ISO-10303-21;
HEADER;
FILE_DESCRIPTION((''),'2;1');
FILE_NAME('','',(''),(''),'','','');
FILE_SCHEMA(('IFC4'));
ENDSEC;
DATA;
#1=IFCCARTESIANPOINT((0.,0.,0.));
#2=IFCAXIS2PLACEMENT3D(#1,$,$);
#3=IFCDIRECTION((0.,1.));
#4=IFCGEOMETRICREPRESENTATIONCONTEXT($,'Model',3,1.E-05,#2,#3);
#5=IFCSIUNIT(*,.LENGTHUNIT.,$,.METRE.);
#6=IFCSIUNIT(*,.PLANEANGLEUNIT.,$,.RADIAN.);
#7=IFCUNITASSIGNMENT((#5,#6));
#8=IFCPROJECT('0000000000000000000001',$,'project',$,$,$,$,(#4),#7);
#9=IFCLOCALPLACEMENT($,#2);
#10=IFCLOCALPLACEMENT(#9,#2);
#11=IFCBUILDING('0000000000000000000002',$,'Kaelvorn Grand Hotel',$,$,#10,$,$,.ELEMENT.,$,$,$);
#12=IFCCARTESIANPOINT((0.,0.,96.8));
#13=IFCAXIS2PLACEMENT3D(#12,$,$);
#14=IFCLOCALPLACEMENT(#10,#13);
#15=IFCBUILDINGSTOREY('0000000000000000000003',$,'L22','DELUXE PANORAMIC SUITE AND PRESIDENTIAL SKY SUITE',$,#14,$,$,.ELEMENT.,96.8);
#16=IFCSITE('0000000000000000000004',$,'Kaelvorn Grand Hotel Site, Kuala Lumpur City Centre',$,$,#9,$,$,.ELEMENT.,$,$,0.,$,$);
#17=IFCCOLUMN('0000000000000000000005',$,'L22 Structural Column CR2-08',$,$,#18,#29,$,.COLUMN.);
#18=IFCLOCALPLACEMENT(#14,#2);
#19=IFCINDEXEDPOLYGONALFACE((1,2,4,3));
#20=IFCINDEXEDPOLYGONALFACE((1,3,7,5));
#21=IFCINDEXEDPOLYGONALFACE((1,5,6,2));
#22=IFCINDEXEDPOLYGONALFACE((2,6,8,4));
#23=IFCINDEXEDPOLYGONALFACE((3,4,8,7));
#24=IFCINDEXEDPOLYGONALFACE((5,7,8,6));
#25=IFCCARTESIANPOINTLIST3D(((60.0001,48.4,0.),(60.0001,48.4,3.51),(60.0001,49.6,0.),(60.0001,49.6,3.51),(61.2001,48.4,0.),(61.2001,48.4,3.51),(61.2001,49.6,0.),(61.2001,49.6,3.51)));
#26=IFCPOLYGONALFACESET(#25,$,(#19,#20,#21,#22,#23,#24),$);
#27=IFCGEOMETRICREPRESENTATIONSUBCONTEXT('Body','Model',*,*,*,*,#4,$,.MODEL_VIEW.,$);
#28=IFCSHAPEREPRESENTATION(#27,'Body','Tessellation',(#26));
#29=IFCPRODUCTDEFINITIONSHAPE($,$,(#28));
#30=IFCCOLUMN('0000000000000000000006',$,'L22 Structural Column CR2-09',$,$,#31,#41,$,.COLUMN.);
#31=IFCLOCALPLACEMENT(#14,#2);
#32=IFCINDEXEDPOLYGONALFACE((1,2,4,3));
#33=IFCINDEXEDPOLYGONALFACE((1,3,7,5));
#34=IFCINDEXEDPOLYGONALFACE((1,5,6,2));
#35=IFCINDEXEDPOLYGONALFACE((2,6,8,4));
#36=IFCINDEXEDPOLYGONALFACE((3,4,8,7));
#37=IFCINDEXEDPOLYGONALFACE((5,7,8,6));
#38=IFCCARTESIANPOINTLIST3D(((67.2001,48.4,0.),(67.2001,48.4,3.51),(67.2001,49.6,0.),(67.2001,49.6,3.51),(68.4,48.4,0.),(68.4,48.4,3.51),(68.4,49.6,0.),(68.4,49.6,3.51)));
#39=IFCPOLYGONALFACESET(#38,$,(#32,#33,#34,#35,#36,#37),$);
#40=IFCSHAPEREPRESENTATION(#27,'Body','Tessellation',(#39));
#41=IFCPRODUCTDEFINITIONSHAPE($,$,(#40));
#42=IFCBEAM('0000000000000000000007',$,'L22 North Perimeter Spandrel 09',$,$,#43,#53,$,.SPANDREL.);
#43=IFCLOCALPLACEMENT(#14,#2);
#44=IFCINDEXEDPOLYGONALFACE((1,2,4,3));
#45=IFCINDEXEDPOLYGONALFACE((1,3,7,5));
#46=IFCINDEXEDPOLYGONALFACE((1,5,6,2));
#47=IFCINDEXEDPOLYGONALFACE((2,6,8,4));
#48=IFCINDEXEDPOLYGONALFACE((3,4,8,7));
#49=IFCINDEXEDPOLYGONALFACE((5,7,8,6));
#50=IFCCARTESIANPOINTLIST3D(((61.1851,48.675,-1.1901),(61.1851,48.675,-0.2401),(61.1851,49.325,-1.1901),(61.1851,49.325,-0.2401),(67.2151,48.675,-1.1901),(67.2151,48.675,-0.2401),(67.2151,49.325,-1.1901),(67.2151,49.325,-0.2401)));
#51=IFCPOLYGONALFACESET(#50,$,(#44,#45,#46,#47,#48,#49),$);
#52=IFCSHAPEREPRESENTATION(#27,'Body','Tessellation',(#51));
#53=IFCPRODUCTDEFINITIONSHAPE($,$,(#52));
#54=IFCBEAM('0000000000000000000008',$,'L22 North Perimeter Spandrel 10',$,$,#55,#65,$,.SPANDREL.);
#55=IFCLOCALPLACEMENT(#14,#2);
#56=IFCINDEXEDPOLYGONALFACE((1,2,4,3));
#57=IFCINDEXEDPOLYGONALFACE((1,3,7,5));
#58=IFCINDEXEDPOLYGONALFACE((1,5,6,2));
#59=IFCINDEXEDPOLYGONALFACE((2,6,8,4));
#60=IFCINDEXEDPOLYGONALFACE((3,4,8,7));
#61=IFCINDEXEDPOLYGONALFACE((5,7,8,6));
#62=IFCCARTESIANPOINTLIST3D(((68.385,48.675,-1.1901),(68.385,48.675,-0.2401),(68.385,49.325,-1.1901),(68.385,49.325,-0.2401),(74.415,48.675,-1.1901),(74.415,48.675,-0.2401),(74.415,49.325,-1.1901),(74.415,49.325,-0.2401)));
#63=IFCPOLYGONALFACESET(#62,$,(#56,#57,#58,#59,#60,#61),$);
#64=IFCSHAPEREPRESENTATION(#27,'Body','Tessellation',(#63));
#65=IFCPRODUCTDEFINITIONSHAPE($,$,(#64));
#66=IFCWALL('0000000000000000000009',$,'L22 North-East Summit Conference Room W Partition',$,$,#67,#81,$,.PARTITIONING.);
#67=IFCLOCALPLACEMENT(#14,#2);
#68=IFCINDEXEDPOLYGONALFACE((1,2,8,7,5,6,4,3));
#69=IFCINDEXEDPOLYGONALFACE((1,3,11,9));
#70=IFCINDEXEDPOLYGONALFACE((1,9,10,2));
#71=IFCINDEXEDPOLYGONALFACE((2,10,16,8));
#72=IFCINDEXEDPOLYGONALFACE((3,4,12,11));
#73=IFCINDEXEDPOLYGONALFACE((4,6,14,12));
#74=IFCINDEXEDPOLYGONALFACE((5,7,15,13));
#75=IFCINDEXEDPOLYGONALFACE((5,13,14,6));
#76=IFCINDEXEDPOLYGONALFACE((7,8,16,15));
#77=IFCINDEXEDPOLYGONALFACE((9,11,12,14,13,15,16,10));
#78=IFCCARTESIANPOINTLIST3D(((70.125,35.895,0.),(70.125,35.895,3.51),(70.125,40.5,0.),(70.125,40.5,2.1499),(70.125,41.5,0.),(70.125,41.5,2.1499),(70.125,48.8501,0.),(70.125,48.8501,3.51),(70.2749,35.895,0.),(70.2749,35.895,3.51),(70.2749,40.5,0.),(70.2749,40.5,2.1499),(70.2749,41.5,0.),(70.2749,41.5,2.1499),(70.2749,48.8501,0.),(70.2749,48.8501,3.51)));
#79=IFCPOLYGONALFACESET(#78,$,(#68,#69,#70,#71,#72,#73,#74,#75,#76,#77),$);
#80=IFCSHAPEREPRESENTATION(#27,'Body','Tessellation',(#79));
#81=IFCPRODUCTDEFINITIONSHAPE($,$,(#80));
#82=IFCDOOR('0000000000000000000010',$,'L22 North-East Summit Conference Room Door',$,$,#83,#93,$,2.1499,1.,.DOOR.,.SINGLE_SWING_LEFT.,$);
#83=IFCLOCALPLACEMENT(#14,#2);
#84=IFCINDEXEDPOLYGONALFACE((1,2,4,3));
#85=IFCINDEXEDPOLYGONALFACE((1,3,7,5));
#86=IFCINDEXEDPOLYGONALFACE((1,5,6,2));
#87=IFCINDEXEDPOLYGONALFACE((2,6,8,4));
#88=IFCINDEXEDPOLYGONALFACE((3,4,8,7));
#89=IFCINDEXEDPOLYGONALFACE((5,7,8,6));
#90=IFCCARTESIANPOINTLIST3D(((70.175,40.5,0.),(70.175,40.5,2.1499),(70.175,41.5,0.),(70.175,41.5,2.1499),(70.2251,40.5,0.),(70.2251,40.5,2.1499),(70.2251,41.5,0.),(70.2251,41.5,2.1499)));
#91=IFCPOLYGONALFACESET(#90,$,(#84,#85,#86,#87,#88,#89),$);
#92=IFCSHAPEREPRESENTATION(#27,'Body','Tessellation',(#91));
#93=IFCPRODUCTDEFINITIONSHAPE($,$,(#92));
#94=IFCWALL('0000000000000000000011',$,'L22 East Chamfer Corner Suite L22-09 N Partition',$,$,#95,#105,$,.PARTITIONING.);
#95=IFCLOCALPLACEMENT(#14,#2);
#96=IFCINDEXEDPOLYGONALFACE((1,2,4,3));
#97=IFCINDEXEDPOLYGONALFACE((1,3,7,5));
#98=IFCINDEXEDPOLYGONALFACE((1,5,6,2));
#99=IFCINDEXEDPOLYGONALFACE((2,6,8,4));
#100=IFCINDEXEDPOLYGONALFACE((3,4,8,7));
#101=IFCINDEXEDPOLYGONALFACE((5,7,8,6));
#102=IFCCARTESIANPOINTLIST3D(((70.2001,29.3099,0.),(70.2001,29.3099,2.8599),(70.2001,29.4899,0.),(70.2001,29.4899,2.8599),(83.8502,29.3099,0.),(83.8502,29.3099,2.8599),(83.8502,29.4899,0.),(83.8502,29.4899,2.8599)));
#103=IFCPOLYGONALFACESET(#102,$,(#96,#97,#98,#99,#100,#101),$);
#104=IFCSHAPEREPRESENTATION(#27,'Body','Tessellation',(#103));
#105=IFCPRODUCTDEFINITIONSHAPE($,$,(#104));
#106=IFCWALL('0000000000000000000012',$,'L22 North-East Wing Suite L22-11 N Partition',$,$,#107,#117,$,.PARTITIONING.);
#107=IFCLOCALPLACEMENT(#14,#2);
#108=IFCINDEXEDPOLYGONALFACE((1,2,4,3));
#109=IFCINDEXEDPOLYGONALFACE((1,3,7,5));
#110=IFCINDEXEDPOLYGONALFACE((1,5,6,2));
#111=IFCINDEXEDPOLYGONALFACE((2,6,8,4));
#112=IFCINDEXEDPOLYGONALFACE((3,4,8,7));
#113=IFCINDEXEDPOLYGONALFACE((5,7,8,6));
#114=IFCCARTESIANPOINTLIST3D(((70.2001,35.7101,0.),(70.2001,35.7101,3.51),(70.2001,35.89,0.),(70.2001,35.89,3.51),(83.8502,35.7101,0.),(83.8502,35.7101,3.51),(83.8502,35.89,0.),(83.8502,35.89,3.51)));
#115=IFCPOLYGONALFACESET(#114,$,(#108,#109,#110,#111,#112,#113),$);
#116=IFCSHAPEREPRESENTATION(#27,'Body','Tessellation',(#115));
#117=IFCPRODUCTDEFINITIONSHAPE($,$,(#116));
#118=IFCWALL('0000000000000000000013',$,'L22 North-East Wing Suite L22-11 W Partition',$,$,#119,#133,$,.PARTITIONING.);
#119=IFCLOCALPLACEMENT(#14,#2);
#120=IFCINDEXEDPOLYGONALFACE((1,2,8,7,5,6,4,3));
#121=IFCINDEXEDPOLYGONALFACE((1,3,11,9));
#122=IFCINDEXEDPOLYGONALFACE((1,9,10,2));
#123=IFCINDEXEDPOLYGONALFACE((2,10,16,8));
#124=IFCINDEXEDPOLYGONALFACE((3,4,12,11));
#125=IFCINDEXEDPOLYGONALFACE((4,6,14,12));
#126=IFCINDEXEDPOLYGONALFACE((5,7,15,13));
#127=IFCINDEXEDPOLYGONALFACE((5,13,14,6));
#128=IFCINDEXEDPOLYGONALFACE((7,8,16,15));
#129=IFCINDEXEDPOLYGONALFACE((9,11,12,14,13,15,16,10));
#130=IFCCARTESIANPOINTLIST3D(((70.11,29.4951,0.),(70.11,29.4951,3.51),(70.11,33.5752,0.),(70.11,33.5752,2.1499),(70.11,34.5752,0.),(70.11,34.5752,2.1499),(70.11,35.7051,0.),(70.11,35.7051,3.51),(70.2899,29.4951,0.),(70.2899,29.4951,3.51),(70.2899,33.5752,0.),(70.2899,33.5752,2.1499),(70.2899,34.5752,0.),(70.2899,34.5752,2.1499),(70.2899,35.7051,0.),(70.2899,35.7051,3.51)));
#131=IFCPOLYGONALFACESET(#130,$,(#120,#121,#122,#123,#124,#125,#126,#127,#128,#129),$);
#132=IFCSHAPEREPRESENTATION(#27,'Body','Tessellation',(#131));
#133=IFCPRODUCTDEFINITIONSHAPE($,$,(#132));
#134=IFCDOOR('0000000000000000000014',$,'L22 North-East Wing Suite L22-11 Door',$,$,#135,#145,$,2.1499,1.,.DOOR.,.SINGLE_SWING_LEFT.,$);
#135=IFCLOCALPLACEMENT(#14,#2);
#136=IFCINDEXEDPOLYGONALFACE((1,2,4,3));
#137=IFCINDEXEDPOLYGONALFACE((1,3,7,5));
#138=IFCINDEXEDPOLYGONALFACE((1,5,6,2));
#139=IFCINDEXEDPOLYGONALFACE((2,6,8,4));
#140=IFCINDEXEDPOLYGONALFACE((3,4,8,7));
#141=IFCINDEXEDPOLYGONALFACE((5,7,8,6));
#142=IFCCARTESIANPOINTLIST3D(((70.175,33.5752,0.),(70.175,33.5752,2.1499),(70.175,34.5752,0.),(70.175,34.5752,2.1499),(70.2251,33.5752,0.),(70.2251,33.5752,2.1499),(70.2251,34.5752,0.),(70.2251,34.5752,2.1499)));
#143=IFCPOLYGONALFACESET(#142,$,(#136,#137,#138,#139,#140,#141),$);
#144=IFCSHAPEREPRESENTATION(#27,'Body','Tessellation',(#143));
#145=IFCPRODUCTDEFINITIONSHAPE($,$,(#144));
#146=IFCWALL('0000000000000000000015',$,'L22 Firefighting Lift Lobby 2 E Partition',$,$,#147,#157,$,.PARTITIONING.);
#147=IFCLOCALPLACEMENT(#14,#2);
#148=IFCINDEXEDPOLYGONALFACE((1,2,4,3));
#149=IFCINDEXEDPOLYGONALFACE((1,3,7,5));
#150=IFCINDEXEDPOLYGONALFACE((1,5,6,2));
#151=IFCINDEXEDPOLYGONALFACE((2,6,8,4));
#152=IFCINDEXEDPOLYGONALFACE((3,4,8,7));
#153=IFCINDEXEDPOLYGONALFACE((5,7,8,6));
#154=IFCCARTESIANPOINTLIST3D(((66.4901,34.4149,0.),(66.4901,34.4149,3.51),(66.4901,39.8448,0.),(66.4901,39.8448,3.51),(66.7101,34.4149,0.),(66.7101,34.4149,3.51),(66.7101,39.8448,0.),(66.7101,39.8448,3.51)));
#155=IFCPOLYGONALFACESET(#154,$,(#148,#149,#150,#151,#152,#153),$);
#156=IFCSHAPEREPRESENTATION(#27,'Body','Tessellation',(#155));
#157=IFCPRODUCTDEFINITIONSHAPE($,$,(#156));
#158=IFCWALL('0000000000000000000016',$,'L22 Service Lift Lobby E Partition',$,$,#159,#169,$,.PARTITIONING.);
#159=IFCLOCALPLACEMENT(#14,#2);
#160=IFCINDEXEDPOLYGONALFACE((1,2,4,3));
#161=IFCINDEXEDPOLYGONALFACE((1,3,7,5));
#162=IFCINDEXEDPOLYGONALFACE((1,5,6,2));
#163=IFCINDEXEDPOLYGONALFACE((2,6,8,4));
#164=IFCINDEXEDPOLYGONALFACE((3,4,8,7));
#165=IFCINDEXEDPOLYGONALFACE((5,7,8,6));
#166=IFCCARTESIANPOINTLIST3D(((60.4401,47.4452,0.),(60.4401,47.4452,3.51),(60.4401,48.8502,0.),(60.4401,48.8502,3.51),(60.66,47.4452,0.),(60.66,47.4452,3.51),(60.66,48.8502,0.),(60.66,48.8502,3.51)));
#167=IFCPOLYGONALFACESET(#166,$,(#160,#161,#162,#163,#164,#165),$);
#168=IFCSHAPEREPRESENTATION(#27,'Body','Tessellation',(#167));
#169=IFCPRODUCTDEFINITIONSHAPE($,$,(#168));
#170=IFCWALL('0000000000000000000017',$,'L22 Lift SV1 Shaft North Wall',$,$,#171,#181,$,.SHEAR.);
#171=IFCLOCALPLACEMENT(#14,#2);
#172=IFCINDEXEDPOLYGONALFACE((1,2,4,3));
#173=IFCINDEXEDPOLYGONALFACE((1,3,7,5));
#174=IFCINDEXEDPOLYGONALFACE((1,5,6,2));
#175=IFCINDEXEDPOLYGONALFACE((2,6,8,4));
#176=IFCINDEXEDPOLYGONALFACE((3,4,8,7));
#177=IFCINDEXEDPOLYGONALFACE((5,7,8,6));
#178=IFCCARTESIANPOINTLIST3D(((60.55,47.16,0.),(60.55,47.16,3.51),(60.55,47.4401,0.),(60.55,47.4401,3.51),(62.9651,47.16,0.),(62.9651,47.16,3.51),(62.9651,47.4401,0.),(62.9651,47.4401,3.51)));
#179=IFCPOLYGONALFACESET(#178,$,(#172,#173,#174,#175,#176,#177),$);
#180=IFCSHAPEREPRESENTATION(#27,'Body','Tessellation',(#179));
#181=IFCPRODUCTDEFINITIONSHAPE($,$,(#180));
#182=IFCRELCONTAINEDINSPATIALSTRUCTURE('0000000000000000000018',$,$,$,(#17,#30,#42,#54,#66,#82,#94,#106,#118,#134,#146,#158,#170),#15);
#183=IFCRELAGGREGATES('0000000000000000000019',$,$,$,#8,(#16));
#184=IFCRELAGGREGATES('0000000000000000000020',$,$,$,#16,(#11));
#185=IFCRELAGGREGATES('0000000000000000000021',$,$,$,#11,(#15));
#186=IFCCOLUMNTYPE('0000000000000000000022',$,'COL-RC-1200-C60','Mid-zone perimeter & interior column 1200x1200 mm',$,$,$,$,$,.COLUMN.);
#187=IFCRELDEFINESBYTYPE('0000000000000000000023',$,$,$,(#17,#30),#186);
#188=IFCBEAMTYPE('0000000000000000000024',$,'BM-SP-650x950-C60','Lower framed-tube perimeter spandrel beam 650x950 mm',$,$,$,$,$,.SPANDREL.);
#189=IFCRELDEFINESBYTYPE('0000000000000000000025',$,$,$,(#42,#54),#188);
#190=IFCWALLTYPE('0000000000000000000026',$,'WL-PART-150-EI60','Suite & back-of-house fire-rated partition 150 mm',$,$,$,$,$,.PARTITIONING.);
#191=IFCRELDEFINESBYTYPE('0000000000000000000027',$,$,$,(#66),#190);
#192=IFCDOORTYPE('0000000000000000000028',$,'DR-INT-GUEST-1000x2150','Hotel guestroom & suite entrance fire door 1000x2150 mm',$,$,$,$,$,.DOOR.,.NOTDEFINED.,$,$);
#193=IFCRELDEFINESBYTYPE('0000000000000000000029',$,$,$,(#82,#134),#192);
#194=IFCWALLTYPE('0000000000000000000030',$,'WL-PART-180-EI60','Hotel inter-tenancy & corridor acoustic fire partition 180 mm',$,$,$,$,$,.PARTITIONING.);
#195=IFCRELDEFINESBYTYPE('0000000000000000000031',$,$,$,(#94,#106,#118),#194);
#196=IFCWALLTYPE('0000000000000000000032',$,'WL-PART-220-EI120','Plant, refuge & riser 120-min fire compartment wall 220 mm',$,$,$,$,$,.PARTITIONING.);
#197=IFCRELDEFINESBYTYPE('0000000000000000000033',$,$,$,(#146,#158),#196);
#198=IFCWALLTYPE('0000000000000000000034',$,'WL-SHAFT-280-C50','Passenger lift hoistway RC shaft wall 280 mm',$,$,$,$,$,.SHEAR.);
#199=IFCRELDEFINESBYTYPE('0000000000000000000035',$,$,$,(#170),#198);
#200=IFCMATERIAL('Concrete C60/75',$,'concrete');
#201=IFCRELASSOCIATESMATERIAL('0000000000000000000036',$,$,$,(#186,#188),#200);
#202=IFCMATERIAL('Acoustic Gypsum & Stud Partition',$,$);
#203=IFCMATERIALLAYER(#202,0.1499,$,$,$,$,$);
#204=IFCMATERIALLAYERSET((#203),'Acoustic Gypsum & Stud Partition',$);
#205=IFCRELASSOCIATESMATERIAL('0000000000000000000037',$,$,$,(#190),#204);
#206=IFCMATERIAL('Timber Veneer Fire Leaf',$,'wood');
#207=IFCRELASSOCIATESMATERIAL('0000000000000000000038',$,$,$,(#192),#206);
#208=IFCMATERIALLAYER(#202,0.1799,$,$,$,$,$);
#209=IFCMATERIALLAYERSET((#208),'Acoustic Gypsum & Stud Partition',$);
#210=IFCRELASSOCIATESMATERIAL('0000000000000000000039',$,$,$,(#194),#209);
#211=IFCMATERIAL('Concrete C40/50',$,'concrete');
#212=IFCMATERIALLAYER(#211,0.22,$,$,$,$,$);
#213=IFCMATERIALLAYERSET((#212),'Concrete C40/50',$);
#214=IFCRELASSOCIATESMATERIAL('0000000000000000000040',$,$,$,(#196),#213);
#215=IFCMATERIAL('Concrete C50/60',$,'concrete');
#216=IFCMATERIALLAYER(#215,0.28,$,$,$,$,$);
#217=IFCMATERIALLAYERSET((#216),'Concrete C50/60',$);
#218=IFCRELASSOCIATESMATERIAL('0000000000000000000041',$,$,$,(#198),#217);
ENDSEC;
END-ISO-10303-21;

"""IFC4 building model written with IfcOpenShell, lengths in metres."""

from ifc_helpers import new_model, si_unit, direction, frame, frame_2d, origin, origin_2d, place, context, subcontext, project, spatial, rectangle, extrude, material, layer, layer_set, material_profile, profile_set, type_object, element, fill, save


model = new_model("IFC4")

# Units and contexts
model_context = context("Model", 3, precision=1e-05, world=origin(), true_north=direction((0.0, 1.0)))
body_context = subcontext(model_context, "Body", "Model", "MODEL_VIEW")
ifc_project = project(units=[si_unit("LENGTHUNIT", "METRE"), si_unit("PLANEANGLEUNIT", "RADIAN")], contexts=[model_context])

# Site, building, storey
site_placement = place(None, origin())
site = spatial("IfcSite", under=ifc_project, at=site_placement, Name="Kaelvorn Grand Hotel Site, Kuala Lumpur City Centre", CompositionType="ELEMENT", RefElevation=0.0)
building_placement = place(site_placement, origin())
building = spatial("IfcBuilding", under=site, at=building_placement, Name="Kaelvorn Grand Hotel", CompositionType="ELEMENT")
storey_placement = place(building_placement, frame((0.0, 0.0, 96.8)))
storey = spatial("IfcBuildingStorey", under=building, at=storey_placement, Name="L22", Description="DELUXE PANORAMIC SUITE AND PRESIDENTIAL SKY SUITE", CompositionType="ELEMENT", Elevation=96.8)

# Columns
ifc_material_1 = material(Name="Concrete C60/75", Category="concrete")
ifc_material_profile_1 = material_profile(ifc_material_1, rectangle(XDim=1.2, YDim=1.2, at=origin_2d()), Name="RC COL 1200x1200")
ifc_profile_set_1 = profile_set([ifc_material_profile_1], Name="Concrete C60/75")
column_type = type_object("IfcColumnType", Name="COL-RC-1200-C60", Description="Mid-zone perimeter & interior column 1200x1200 mm", PredefinedType="COLUMN", material=ifc_profile_set_1)
for number, where, z_axis, x_axis, name in (
    (1, (60.6001, 49.0, 0.0), (0.0, 0.0, 1.0), (1.0, 0.0, 0.0), "L22 Structural Column CR2-08"),
    (2, (67.8, 49.0, 0.0), (0.0, 0.0, 1.0), (1.0, 0.0, 0.0), "L22 Structural Column CR2-09"),
):
    element("IfcColumn", number, at=place(storey_placement, frame(where, z_axis=z_axis, x_axis=x_axis)), inside=storey, type_object=column_type, Name=name, PredefinedType="COLUMN", context=body_context, shape_type="SweptSolid", body=[
        extrude(rectangle(XDim=1.2, YDim=1.2, at=origin_2d()), origin(), (0.0, 0.0, 1.0), 3.51),
    ])

# Beams
ifc_material_profile_2 = material_profile(ifc_material_1, rectangle(XDim=0.6499, YDim=0.95, at=origin_2d()), Name="RC SPANDREL 650x950")
ifc_profile_set_2 = profile_set([ifc_material_profile_2], Name="Concrete C60/75")
beam_type = type_object("IfcBeamType", Name="BM-SP-650x950-C60", Description="Lower framed-tube perimeter spandrel beam 650x950 mm", PredefinedType="SPANDREL", material=ifc_profile_set_2)
for number, where, z_axis, x_axis, name in (
    (3, (61.1851, 49.0, -0.7151), (1.0, 0.0, 0.0), (0.0, 1.0, 0.0), "L22 North Perimeter Spandrel 09"),
    (4, (68.385, 49.0, -0.7151), (1.0, 0.0, 0.0), (0.0, 1.0, 0.0), "L22 North Perimeter Spandrel 10"),
):
    element("IfcBeam", number, at=place(storey_placement, frame(where, z_axis=z_axis, x_axis=x_axis)), inside=storey, type_object=beam_type, Name=name, PredefinedType="SPANDREL", context=body_context, shape_type="SweptSolid", body=[
        extrude(rectangle(XDim=0.6499, YDim=0.95, at=origin_2d()), origin(), (0.0, 0.0, 1.0), 6.03),
    ])

# Wall, opening, door
ifc_material_2 = material(Name="Acoustic Gypsum & Stud Partition")
ifc_layer_1 = layer(ifc_material_2, 0.1499)
ifc_layer_set_1 = layer_set([ifc_layer_1], Name="Acoustic Gypsum & Stud Partition")
wall_type_1 = type_object("IfcWallType", Name="WL-PART-150-EI60", Description="Suite & back-of-house fire-rated partition 150 mm", PredefinedType="PARTITIONING", material=ifc_layer_set_1)
wall_1_placement = place(storey_placement, frame((70.2, 35.895, 0.0), z_axis=(0.0, 0.0, 1.0), x_axis=(0.0, 1.0, 0.0)))
wall_1 = element("IfcWall", 5, at=wall_1_placement, inside=storey, type_object=wall_type_1, Name="L22 North-East Summit Conference Room W Partition", PredefinedType="PARTITIONING", context=body_context, shape_type="SweptSolid", body=[
    extrude(rectangle(XDim=12.9551, YDim=0.1499, at=frame_2d((6.4775, 0.0))), origin(), (0.0, 0.0, 1.0), 3.51),
])
opening_1_placement = place(wall_1_placement, frame((4.605, 0.0, 0.0)))
opening_1 = element("IfcOpeningElement", 6, at=opening_1_placement, cuts=wall_1, PredefinedType="OPENING", context=body_context, shape_type="SweptSolid", body=[
    extrude(rectangle(XDim=1.0, YDim=2.1499, at=frame_2d((0.5, 1.075))), frame((0.0, 0.085, 0.0), z_axis=(0.0, -1.0, 0.0), x_axis=(1.0, 0.0, 0.0)), (0.0, 0.0, 1.0), 0.1699),
])
ifc_material_3 = material(Name="Timber Veneer Fire Leaf", Category="wood")
door_type_1 = type_object("IfcDoorType", Name="DR-INT-GUEST-1000x2150", Description="Hotel guestroom & suite entrance fire door 1000x2150 mm", OperationType="NOTDEFINED", PredefinedType="DOOR", material=ifc_material_3)
door_1_placement = place(opening_1_placement, origin())
door_1 = element("IfcDoor", 7, at=door_1_placement, inside=storey, type_object=door_type_1, Name="L22 North-East Summit Conference Room Door", OperationType="SINGLE_SWING_LEFT", OverallHeight=2.1499, OverallWidth=1.0, PredefinedType="DOOR", context=body_context, shape_type="SweptSolid", body=[
    extrude(rectangle(XDim=1.0, YDim=2.1499, at=frame_2d((0.5, 1.075))), frame((0.0, 0.0249, 0.0), z_axis=(0.0, -1.0, 0.0), x_axis=(1.0, 0.0, 0.0)), (0.0, 0.0, 1.0), 0.05),
])
fill(opening_1, door_1)

# Walls
ifc_layer_2 = layer(ifc_material_2, 0.1799)
ifc_layer_set_2 = layer_set([ifc_layer_2], Name="Acoustic Gypsum & Stud Partition")
wall_type_2 = type_object("IfcWallType", Name="WL-PART-180-EI60", Description="Hotel inter-tenancy & corridor acoustic fire partition 180 mm", PredefinedType="PARTITIONING", material=ifc_layer_set_2)
wall_2_placement = place(storey_placement, frame((70.2, 29.3999, 0.0), z_axis=(0.0, 0.0, 1.0), x_axis=(1.0, 0.0, 0.0)))
element("IfcWall", 8, at=wall_2_placement, inside=storey, type_object=wall_type_2, Name="L22 East Chamfer Corner Suite L22-09 N Partition", PredefinedType="PARTITIONING", context=body_context, shape_type="SweptSolid", body=[
    extrude(rectangle(XDim=13.6501, YDim=0.1799, at=frame_2d((6.8252, 0.0))), origin(), (0.0, 0.0, 1.0), 2.8599),
])
wall_3_placement = place(storey_placement, frame((70.2, 35.8, 0.0), z_axis=(0.0, 0.0, 1.0), x_axis=(1.0, 0.0, 0.0)))
element("IfcWall", 9, at=wall_3_placement, inside=storey, type_object=wall_type_2, Name="L22 North-East Wing Suite L22-11 N Partition", PredefinedType="PARTITIONING", context=body_context, shape_type="SweptSolid", body=[
    extrude(rectangle(XDim=13.6501, YDim=0.1799, at=frame_2d((6.8252, 0.0))), origin(), (0.0, 0.0, 1.0), 3.51),
])

# Wall, opening, door
wall_4_placement = place(storey_placement, frame((70.2, 29.4951, 0.0), z_axis=(0.0, 0.0, 1.0), x_axis=(0.0, 1.0, 0.0)))
wall_4 = element("IfcWall", 10, at=wall_4_placement, inside=storey, type_object=wall_type_2, Name="L22 North-East Wing Suite L22-11 W Partition", PredefinedType="PARTITIONING", context=body_context, shape_type="SweptSolid", body=[
    extrude(rectangle(XDim=6.21, YDim=0.1799, at=frame_2d((3.105, 0.0))), origin(), (0.0, 0.0, 1.0), 3.51),
])
opening_2_placement = place(wall_4_placement, frame((4.0801, 0.0, 0.0)))
opening_2 = element("IfcOpeningElement", 11, at=opening_2_placement, cuts=wall_4, PredefinedType="OPENING", context=body_context, shape_type="SweptSolid", body=[
    extrude(rectangle(XDim=1.0, YDim=2.1499, at=frame_2d((0.5, 1.075))), frame((0.0, 0.1001, 0.0), z_axis=(0.0, -1.0, 0.0), x_axis=(1.0, 0.0, 0.0)), (0.0, 0.0, 1.0), 0.2),
])
door_2_placement = place(opening_2_placement, origin())
door_2 = element("IfcDoor", 12, at=door_2_placement, inside=storey, type_object=door_type_1, Name="L22 North-East Wing Suite L22-11 Door", OperationType="SINGLE_SWING_LEFT", OverallHeight=2.1499, OverallWidth=1.0, PredefinedType="DOOR", context=body_context, shape_type="SweptSolid", body=[
    extrude(rectangle(XDim=1.0, YDim=2.1499, at=frame_2d((0.5, 1.075))), frame((0.0, 0.0249, 0.0), z_axis=(0.0, -1.0, 0.0), x_axis=(1.0, 0.0, 0.0)), (0.0, 0.0, 1.0), 0.05),
])
fill(opening_2, door_2)

# Walls
ifc_material_4 = material(Name="Concrete C40/50", Category="concrete")
ifc_layer_3 = layer(ifc_material_4, 0.22)
ifc_layer_set_3 = layer_set([ifc_layer_3], Name="Concrete C40/50")
wall_type_3 = type_object("IfcWallType", Name="WL-PART-220-EI120", Description="Plant, refuge & riser 120-min fire compartment wall 220 mm", PredefinedType="PARTITIONING", material=ifc_layer_set_3)
wall_5_placement = place(storey_placement, frame((66.6001, 34.415, 0.0), z_axis=(0.0, 0.0, 1.0), x_axis=(0.0, 1.0, 0.0)))
element("IfcWall", 13, at=wall_5_placement, inside=storey, type_object=wall_type_3, Name="L22 Firefighting Lift Lobby 2 E Partition", PredefinedType="PARTITIONING", context=body_context, shape_type="SweptSolid", body=[
    extrude(rectangle(XDim=5.4299, YDim=0.22, at=frame_2d((2.7148, 0.0))), origin(), (0.0, 0.0, 1.0), 3.51),
])
wall_6_placement = place(storey_placement, frame((60.55, 47.4451, 0.0), z_axis=(0.0, 0.0, 1.0), x_axis=(0.0, 1.0, 0.0)))
element("IfcWall", 14, at=wall_6_placement, inside=storey, type_object=wall_type_3, Name="L22 Service Lift Lobby E Partition", PredefinedType="PARTITIONING", context=body_context, shape_type="SweptSolid", body=[
    extrude(rectangle(XDim=1.405, YDim=0.22, at=frame_2d((0.7026, 0.0))), origin(), (0.0, 0.0, 1.0), 3.51),
])
ifc_material_5 = material(Name="Concrete C50/60", Category="concrete")
ifc_layer_4 = layer(ifc_material_5, 0.28)
ifc_layer_set_4 = layer_set([ifc_layer_4], Name="Concrete C50/60")
wall_type_4 = type_object("IfcWallType", Name="WL-SHAFT-280-C50", Description="Passenger lift hoistway RC shaft wall 280 mm", PredefinedType="SHEAR", material=ifc_layer_set_4)
wall_7_placement = place(storey_placement, frame((60.55, 47.3, 0.0), z_axis=(0.0, 0.0, 1.0), x_axis=(1.0, 0.0, 0.0)))
element("IfcWall", 15, at=wall_7_placement, inside=storey, type_object=wall_type_4, Name="L22 Lift SV1 Shaft North Wall", PredefinedType="SHEAR", context=body_context, shape_type="SweptSolid", body=[
    extrude(rectangle(XDim=2.415, YDim=0.28, at=frame_2d((1.2075, 0.0))), origin(), (0.0, 0.0, 1.0), 3.51),
])

save(model, "model.ifc")
